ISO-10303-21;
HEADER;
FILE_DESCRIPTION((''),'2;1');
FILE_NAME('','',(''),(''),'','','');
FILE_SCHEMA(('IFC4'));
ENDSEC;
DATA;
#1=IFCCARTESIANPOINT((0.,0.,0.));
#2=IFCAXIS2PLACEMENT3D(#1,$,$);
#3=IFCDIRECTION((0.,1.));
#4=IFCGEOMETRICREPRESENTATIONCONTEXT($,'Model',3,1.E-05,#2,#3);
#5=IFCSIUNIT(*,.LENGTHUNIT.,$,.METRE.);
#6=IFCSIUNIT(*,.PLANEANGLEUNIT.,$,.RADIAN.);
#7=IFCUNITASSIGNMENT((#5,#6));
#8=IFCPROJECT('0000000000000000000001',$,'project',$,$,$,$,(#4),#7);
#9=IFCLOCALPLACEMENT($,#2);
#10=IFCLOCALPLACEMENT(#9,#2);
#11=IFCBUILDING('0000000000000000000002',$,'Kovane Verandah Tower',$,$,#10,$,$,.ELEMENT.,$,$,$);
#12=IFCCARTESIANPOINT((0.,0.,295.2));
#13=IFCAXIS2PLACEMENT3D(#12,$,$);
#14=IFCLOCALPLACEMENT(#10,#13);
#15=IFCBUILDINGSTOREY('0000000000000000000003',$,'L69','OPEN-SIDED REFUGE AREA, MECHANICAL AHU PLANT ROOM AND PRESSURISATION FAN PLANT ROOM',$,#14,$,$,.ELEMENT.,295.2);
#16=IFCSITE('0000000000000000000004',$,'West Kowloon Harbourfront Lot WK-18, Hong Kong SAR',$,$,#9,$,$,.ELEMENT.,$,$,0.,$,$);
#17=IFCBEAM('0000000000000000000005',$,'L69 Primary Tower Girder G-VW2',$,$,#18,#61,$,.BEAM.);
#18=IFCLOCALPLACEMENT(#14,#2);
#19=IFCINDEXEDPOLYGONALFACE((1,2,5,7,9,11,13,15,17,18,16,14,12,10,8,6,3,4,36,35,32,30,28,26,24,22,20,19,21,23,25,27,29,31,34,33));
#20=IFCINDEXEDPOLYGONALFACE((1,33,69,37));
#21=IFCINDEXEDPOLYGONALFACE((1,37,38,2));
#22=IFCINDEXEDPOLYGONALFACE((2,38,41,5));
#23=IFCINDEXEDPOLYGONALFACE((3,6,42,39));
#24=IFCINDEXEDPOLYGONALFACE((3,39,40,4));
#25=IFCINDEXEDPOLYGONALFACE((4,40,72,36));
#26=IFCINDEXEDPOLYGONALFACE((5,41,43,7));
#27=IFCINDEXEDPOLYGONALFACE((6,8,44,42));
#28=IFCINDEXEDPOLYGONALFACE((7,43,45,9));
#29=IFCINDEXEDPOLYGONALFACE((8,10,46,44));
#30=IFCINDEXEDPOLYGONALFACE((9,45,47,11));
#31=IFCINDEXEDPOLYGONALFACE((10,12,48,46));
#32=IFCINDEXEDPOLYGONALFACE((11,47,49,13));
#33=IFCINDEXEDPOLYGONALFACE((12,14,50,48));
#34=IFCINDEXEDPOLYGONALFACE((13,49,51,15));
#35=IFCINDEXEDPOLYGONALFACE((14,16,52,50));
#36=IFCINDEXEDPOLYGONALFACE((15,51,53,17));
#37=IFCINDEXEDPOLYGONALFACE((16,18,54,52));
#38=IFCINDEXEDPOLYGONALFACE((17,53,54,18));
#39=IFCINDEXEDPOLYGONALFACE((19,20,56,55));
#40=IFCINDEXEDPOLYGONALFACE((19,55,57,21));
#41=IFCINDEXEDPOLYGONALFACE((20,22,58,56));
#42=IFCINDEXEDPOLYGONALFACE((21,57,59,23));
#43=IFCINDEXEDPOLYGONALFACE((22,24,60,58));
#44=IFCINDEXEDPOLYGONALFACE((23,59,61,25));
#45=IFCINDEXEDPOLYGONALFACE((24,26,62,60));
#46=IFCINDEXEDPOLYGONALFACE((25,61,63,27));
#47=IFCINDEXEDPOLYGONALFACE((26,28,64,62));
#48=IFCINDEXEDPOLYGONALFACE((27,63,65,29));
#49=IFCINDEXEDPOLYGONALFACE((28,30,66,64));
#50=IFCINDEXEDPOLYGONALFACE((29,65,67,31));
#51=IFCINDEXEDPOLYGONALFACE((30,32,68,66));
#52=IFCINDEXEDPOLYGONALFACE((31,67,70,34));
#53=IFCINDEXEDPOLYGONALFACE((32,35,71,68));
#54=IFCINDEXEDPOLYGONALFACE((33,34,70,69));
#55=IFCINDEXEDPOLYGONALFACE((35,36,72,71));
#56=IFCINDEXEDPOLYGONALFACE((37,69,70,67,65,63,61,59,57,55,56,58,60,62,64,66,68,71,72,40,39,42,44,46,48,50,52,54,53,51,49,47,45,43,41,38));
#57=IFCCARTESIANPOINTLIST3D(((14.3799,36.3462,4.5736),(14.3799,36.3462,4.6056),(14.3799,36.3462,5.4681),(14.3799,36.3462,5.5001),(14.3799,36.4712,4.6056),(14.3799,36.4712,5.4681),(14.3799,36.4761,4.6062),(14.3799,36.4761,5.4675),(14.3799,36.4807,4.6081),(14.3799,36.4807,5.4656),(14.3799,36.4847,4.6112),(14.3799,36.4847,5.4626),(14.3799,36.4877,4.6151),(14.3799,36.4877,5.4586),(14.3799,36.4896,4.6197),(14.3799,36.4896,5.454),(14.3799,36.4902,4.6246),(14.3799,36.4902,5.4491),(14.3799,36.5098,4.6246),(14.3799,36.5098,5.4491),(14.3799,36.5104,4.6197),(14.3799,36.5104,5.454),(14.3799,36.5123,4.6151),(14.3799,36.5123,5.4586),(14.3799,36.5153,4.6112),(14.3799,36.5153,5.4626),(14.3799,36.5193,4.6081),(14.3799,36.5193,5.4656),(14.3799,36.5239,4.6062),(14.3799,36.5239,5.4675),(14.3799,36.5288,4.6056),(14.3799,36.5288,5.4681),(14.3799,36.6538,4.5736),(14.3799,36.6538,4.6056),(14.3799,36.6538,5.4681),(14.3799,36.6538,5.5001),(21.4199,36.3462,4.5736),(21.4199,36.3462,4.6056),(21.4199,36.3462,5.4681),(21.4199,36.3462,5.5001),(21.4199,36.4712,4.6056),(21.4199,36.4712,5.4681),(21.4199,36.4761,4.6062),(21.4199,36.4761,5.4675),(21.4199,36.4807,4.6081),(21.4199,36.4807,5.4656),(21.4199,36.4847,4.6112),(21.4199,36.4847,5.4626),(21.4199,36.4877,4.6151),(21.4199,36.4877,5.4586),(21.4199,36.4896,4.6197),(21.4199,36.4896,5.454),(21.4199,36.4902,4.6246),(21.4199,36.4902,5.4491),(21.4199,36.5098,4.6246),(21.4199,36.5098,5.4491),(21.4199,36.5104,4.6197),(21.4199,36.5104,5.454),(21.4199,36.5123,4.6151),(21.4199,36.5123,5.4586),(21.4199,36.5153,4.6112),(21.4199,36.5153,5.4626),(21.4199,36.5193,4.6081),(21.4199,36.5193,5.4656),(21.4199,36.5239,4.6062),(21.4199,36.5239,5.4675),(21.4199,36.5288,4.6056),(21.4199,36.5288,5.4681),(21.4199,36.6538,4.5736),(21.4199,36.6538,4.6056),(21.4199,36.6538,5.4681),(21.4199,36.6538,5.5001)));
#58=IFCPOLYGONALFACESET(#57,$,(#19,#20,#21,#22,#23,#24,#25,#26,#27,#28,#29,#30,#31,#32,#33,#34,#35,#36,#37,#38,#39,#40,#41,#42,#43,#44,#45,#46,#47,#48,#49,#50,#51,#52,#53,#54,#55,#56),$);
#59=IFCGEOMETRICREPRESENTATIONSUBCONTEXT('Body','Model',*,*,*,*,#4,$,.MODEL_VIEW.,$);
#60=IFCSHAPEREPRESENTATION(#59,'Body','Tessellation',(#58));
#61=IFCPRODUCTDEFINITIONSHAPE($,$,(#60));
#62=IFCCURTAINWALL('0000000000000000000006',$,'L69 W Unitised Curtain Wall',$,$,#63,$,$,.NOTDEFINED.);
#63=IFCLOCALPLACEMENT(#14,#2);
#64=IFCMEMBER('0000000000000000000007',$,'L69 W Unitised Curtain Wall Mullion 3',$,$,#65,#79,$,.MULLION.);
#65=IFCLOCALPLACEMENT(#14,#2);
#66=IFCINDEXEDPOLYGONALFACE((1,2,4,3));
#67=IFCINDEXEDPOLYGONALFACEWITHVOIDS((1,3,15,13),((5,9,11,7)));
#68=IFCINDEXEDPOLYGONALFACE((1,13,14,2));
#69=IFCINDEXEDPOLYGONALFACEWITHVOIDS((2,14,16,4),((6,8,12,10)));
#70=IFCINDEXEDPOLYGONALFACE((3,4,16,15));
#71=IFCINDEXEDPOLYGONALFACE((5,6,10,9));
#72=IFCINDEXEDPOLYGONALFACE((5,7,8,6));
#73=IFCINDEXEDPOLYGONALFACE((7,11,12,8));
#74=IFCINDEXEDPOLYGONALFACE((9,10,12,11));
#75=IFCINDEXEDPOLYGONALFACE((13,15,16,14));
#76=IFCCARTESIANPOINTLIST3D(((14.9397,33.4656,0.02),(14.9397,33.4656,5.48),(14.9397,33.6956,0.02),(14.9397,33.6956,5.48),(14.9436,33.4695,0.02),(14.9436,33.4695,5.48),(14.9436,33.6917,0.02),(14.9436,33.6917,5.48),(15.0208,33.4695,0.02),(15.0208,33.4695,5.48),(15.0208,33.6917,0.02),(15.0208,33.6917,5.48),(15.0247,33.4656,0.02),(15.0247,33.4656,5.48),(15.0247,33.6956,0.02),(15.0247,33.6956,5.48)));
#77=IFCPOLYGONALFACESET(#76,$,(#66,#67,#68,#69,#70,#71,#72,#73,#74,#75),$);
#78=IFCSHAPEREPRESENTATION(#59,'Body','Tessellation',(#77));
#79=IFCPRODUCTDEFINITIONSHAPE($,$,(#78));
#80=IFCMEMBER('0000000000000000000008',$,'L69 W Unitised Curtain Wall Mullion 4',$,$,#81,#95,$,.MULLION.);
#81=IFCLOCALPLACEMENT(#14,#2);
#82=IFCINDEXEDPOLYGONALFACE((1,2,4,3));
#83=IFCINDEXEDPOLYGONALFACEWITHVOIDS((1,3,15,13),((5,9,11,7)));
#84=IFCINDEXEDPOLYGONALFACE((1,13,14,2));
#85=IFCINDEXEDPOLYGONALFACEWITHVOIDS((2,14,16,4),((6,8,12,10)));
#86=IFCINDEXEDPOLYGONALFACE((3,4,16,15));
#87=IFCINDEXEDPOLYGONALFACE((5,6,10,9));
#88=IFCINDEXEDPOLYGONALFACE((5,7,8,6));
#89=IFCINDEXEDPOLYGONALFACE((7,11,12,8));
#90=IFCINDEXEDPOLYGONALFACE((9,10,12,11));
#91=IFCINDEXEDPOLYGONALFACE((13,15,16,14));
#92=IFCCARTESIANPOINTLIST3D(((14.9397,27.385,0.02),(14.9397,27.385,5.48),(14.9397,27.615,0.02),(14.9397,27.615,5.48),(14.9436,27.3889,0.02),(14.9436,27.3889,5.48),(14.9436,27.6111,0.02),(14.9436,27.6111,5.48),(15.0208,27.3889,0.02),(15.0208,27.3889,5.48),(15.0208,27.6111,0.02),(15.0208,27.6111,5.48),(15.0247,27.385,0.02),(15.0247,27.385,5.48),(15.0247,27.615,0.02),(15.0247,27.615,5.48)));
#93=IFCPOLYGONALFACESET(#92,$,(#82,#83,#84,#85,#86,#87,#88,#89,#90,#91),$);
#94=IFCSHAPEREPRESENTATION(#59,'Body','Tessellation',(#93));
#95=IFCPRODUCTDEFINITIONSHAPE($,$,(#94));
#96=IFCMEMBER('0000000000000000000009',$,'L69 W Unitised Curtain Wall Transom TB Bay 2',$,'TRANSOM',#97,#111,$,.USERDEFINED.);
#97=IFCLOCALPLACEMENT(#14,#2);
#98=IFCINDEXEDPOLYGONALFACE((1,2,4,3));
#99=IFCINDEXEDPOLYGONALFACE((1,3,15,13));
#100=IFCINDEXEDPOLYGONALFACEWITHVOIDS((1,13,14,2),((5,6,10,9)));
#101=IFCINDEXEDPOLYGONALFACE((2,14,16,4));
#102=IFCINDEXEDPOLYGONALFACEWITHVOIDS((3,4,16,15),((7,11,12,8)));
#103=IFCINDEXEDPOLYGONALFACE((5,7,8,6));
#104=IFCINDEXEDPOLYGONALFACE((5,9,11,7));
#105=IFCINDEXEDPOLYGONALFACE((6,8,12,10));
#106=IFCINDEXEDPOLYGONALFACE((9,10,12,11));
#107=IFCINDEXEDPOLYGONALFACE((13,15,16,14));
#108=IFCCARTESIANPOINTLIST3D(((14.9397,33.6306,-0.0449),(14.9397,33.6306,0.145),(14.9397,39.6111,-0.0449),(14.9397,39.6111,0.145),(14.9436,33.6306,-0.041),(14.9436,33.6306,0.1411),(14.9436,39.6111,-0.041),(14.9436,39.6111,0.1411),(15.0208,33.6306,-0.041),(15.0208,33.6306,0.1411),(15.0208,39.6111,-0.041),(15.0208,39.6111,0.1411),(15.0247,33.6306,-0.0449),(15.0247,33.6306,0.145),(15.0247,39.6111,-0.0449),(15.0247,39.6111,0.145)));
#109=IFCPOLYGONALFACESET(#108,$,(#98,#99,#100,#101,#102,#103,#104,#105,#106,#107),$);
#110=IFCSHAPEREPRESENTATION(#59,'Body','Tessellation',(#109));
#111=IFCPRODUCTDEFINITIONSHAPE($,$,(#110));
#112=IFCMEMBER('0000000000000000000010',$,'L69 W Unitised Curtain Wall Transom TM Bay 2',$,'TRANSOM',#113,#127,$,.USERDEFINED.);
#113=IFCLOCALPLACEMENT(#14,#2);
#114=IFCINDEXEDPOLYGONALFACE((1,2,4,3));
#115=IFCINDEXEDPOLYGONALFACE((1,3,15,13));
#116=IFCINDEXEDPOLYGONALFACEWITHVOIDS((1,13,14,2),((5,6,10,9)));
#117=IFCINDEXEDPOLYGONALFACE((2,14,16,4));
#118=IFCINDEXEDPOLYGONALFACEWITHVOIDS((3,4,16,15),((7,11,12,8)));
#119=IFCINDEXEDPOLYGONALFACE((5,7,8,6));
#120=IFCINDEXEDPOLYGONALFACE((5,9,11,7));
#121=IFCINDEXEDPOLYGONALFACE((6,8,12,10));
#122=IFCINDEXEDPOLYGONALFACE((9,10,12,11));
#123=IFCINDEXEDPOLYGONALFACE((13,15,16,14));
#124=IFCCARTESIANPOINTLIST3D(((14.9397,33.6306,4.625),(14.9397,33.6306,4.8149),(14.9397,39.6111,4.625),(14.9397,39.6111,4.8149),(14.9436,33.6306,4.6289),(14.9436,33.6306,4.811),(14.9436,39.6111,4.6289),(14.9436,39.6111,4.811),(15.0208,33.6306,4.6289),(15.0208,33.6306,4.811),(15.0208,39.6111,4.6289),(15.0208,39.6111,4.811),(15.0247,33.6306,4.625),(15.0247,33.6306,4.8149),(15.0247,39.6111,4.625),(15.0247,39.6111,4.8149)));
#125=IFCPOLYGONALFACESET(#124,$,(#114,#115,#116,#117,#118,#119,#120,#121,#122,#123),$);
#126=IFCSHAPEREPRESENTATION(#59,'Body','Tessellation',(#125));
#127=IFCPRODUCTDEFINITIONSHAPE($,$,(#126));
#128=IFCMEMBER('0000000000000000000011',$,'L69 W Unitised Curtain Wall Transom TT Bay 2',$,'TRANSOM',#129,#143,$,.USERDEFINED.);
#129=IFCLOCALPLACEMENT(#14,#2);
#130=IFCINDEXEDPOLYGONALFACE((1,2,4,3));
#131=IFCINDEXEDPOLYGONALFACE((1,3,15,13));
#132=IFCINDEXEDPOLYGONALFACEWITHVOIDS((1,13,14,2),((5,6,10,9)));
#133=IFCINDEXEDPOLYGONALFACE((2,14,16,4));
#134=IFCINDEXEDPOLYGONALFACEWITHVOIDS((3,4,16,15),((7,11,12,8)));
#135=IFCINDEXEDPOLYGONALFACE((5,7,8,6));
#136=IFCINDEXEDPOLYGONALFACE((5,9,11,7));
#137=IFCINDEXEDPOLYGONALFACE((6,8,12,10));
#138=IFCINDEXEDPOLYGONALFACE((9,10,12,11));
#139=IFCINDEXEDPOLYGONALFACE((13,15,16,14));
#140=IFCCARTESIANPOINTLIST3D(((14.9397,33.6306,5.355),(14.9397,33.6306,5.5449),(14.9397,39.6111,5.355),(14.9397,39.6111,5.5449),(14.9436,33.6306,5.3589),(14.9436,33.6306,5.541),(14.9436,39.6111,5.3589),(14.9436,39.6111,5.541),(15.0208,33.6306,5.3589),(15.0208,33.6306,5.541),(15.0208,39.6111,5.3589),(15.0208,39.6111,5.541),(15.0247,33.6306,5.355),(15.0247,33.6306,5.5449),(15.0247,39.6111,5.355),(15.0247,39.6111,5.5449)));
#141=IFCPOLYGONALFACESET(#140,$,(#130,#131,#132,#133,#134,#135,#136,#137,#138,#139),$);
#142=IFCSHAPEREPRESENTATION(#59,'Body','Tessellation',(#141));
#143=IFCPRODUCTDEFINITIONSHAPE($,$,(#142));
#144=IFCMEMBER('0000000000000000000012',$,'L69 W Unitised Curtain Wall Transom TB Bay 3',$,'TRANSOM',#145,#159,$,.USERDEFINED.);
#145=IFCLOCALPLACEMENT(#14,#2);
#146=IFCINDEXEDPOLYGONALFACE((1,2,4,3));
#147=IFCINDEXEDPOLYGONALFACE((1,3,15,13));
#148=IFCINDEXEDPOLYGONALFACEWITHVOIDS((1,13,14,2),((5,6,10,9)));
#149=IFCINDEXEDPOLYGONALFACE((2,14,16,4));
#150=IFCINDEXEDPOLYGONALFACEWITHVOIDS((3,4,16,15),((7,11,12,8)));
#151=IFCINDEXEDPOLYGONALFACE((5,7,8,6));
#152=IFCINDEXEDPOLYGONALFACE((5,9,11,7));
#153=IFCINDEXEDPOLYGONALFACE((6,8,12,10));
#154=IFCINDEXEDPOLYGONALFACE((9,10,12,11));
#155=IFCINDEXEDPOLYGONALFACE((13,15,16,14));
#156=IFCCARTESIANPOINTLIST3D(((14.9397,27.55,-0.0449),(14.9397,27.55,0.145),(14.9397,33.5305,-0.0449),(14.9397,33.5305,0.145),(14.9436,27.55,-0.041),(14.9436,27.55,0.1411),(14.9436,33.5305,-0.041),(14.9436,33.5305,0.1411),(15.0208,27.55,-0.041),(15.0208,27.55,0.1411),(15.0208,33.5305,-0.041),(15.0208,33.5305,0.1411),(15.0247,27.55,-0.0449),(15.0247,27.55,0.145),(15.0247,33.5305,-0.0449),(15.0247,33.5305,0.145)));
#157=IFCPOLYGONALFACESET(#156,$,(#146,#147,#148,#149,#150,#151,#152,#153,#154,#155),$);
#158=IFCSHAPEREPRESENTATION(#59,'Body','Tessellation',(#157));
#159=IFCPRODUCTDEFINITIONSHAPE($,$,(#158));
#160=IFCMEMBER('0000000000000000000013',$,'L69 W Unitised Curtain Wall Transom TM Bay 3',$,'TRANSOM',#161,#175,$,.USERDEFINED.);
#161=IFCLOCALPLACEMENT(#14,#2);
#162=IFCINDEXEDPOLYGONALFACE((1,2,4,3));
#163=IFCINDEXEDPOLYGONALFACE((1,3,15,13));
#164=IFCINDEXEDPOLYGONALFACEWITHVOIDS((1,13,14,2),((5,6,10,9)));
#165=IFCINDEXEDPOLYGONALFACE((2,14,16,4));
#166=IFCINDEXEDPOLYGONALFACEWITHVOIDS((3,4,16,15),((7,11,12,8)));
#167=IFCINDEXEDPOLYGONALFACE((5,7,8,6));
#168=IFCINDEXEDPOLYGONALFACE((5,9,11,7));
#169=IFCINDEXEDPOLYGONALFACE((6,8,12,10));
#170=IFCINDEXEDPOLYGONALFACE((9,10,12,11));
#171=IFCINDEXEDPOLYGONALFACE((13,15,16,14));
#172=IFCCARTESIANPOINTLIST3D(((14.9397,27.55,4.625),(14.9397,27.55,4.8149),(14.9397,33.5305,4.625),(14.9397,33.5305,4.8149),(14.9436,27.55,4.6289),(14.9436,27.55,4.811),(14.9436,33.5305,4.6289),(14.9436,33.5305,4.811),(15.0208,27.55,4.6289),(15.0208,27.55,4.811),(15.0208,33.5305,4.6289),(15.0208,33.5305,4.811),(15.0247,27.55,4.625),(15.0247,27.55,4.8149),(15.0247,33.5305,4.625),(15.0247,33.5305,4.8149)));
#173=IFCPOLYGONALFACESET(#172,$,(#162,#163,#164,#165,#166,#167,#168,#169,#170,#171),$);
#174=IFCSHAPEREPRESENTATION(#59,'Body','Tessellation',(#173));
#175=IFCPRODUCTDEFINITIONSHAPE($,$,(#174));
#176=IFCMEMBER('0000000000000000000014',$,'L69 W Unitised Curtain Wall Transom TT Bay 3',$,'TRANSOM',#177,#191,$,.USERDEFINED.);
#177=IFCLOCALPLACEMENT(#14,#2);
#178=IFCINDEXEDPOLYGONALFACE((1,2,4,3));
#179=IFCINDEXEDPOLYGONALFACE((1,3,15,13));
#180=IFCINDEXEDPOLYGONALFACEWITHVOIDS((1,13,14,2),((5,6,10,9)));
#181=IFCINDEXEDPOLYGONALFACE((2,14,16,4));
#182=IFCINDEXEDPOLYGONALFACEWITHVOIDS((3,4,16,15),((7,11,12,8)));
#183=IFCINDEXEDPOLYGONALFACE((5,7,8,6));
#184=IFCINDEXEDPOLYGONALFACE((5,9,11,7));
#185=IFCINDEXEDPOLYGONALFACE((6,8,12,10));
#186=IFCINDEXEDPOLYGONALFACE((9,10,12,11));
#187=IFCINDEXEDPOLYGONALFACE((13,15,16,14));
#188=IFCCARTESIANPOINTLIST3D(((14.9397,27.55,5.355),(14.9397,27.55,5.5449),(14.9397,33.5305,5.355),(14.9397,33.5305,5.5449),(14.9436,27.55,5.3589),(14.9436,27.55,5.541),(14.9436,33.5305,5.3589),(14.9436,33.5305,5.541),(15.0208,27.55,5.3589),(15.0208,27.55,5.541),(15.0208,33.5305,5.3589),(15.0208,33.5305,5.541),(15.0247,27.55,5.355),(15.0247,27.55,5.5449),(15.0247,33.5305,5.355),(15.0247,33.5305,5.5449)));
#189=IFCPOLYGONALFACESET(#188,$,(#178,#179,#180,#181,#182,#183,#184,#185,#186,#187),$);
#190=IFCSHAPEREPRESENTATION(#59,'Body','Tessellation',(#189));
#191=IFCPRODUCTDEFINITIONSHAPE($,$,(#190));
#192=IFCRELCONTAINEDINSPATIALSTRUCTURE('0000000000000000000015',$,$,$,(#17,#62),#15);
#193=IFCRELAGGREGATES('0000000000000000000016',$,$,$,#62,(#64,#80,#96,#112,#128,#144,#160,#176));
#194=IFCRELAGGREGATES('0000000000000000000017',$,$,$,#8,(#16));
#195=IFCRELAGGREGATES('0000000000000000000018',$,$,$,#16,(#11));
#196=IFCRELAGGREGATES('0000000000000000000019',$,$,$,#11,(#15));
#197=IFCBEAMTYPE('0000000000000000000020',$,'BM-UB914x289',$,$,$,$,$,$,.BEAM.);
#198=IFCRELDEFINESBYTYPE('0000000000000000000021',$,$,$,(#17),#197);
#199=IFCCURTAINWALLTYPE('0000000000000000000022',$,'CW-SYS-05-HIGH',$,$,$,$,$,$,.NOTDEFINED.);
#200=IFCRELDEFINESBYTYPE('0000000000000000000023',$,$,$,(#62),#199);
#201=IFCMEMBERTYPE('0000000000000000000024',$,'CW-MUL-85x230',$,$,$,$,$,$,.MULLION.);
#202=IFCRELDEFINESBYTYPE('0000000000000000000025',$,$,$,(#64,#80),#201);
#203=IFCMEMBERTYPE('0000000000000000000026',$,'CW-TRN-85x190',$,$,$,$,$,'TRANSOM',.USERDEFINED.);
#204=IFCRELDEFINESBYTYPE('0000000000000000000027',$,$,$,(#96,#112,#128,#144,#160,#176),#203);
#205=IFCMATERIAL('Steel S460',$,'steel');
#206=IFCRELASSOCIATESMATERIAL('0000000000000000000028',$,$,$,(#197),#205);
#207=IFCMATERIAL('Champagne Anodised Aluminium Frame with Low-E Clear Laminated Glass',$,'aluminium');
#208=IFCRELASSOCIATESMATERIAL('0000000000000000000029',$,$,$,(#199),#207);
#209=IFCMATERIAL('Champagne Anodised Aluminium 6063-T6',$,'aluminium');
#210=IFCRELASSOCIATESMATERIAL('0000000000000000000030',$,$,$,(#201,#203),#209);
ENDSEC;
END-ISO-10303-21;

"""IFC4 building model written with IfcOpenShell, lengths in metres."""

from ifc_helpers import new_model, si_unit, direction, frame, origin, origin_2d, place, context, subcontext, project, spatial, hollow_rectangle, i_section, extrude, material, material_profile, profile_set, type_object, element, aggregate, save


model = new_model("IFC4")

# Units and contexts
model_context = context("Model", 3, precision=1e-05, world=origin(), true_north=direction((0.0, 1.0)))
body_context = subcontext(model_context, "Body", "Model", "MODEL_VIEW")
ifc_project = project(units=[si_unit("LENGTHUNIT", "METRE"), si_unit("PLANEANGLEUNIT", "RADIAN")], contexts=[model_context])

# Site, building, storey
site_placement = place(None, origin())
site = spatial("IfcSite", under=ifc_project, at=site_placement, Name="West Kowloon Harbourfront Lot WK-18, Hong Kong SAR", CompositionType="ELEMENT", RefElevation=0.0)
building_placement = place(site_placement, origin())
building = spatial("IfcBuilding", under=site, at=building_placement, Name="Kovane Verandah Tower", CompositionType="ELEMENT")
storey_placement = place(building_placement, frame((0.0, 0.0, 295.2)))
storey = spatial("IfcBuildingStorey", under=building, at=storey_placement, Name="L69", Description="OPEN-SIDED REFUGE AREA, MECHANICAL AHU PLANT ROOM AND PRESSURISATION FAN PLANT ROOM", CompositionType="ELEMENT", Elevation=295.2)

# Shared definitions
ifc_material_1 = material(Name="Steel S460", Category="steel")

# Beam
ifc_material_profile_1 = material_profile(ifc_material_1, i_section(OverallWidth=0.3076, OverallDepth=0.9265, WebThickness=0.0195, FlangeThickness=0.032, FilletRadius=0.019, at=origin_2d()), Name="UB914x305x289")
ifc_profile_set_1 = profile_set([ifc_material_profile_1], Name="Steel S460")
beam_type_1 = type_object("IfcBeamType", Name="BM-UB914x289", PredefinedType="BEAM", material=ifc_profile_set_1)
beam_1_placement = place(storey_placement, frame((21.4199, 36.5, 5.0369), z_axis=(-1.0, 0.0, 0.0), x_axis=(0.0, -1.0, 0.0)))
element("IfcBeam", 1, at=beam_1_placement, inside=storey, type_object=beam_type_1, Name="L69 Primary Tower Girder G-VW2", PredefinedType="BEAM", context=body_context, shape_type="SweptSolid", body=[
    extrude(i_section(OverallWidth=0.3076, OverallDepth=0.9265, WebThickness=0.0195, FlangeThickness=0.032, FilletRadius=0.019, at=origin_2d()), origin(), (0.0, 0.0, 1.0), 7.04),
])

# Curtain wall, members
ifc_material_2 = material(Name="Champagne Anodised Aluminium Frame with Low-E Clear Laminated Glass", Category="aluminium")
curtain_wall_type = type_object("IfcCurtainWallType", Name="CW-SYS-05-HIGH", PredefinedType="NOTDEFINED", material=ifc_material_2)
curtain_wall_placement = place(storey_placement, origin())
curtain_wall = element("IfcCurtainWall", 2, at=curtain_wall_placement, inside=storey, type_object=curtain_wall_type, Name="L69 W Unitised Curtain Wall", PredefinedType="NOTDEFINED")
ifc_material_3 = material(Name="Champagne Anodised Aluminium 6063-T6", Category="aluminium")
ifc_material_profile_2 = material_profile(ifc_material_3, hollow_rectangle(XDim=0.085, YDim=0.23, WallThickness=0.0039, at=origin_2d()), Name="AL85x230x4")
ifc_profile_set_2 = profile_set([ifc_material_profile_2], Name="Champagne Anodised Aluminium 6063-T6")
member_type_1 = type_object("IfcMemberType", Name="CW-MUL-85x230", PredefinedType="MULLION", material=ifc_profile_set_2)
member_1_placement = place(storey_placement, frame((14.9822, 33.5806, 0.02), z_axis=(0.0, 0.0, 1.0), x_axis=(-1.0, 0.0, 0.0)))
member_1 = element("IfcMember", 3, at=member_1_placement, type_object=member_type_1, Name="L69 W Unitised Curtain Wall Mullion 3", PredefinedType="MULLION", context=body_context, shape_type="SweptSolid", body=[
    extrude(hollow_rectangle(XDim=0.085, YDim=0.23, WallThickness=0.0039, at=origin_2d()), origin(), (0.0, 0.0, 1.0), 5.46),
])
member_2_placement = place(storey_placement, frame((14.9822, 27.5, 0.02), z_axis=(0.0, 0.0, 1.0), x_axis=(-1.0, 0.0, 0.0)))
member_2 = element("IfcMember", 4, at=member_2_placement, type_object=member_type_1, Name="L69 W Unitised Curtain Wall Mullion 4", PredefinedType="MULLION", context=body_context, shape_type="SweptSolid", body=[
    extrude(hollow_rectangle(XDim=0.085, YDim=0.23, WallThickness=0.0039, at=origin_2d()), origin(), (0.0, 0.0, 1.0), 5.46),
])
ifc_material_profile_3 = material_profile(ifc_material_3, hollow_rectangle(XDim=0.085, YDim=0.1899, WallThickness=0.0039, at=origin_2d()), Name="AL85x190x4")
ifc_profile_set_3 = profile_set([ifc_material_profile_3], Name="Champagne Anodised Aluminium 6063-T6")
member_type_2 = type_object("IfcMemberType", Name="CW-TRN-85x190", ElementType="TRANSOM", PredefinedType="USERDEFINED", material=ifc_profile_set_3)
member_3_placement = place(storey_placement, frame((14.9822, 39.6111, 0.05), z_axis=(0.0, -1.0, 0.0), x_axis=(1.0, 0.0, 0.0)))
member_3 = element("IfcMember", 5, at=member_3_placement, type_object=member_type_2, Name="L69 W Unitised Curtain Wall Transom TB Bay 2", ObjectType="TRANSOM", PredefinedType="USERDEFINED", context=body_context, shape_type="SweptSolid", body=[
    extrude(hollow_rectangle(XDim=0.085, YDim=0.1899, WallThickness=0.0039, at=origin_2d()), origin(), (0.0, 0.0, 1.0), 5.9805),
])
member_4_placement = place(storey_placement, frame((14.9822, 39.6111, 4.72), z_axis=(0.0, -1.0, 0.0), x_axis=(1.0, 0.0, 0.0)))
member_4 = element("IfcMember", 6, at=member_4_placement, type_object=member_type_2, Name="L69 W Unitised Curtain Wall Transom TM Bay 2", ObjectType="TRANSOM", PredefinedType="USERDEFINED", context=body_context, shape_type="SweptSolid", body=[
    extrude(hollow_rectangle(XDim=0.085, YDim=0.1899, WallThickness=0.0039, at=origin_2d()), origin(), (0.0, 0.0, 1.0), 5.9805),
])
member_5_placement = place(storey_placement, frame((14.9822, 39.6111, 5.45), z_axis=(0.0, -1.0, 0.0), x_axis=(1.0, 0.0, 0.0)))
member_5 = element("IfcMember", 7, at=member_5_placement, type_object=member_type_2, Name="L69 W Unitised Curtain Wall Transom TT Bay 2", ObjectType="TRANSOM", PredefinedType="USERDEFINED", context=body_context, shape_type="SweptSolid", body=[
    extrude(hollow_rectangle(XDim=0.085, YDim=0.1899, WallThickness=0.0039, at=origin_2d()), origin(), (0.0, 0.0, 1.0), 5.9805),
])
member_6_placement = place(storey_placement, frame((14.9822, 33.5305, 0.05), z_axis=(0.0, -1.0, 0.0), x_axis=(1.0, 0.0, 0.0)))
member_6 = element("IfcMember", 8, at=member_6_placement, type_object=member_type_2, Name="L69 W Unitised Curtain Wall Transom TB Bay 3", ObjectType="TRANSOM", PredefinedType="USERDEFINED", context=body_context, shape_type="SweptSolid", body=[
    extrude(hollow_rectangle(XDim=0.085, YDim=0.1899, WallThickness=0.0039, at=origin_2d()), origin(), (0.0, 0.0, 1.0), 5.9805),
])
member_7_placement = place(storey_placement, frame((14.9822, 33.5305, 4.72), z_axis=(0.0, -1.0, 0.0), x_axis=(1.0, 0.0, 0.0)))
member_7 = element("IfcMember", 9, at=member_7_placement, type_object=member_type_2, Name="L69 W Unitised Curtain Wall Transom TM Bay 3", ObjectType="TRANSOM", PredefinedType="USERDEFINED", context=body_context, shape_type="SweptSolid", body=[
    extrude(hollow_rectangle(XDim=0.085, YDim=0.1899, WallThickness=0.0039, at=origin_2d()), origin(), (0.0, 0.0, 1.0), 5.9805),
])
member_8_placement = place(storey_placement, frame((14.9822, 33.5305, 5.45), z_axis=(0.0, -1.0, 0.0), x_axis=(1.0, 0.0, 0.0)))
member_8 = element("IfcMember", 10, at=member_8_placement, type_object=member_type_2, Name="L69 W Unitised Curtain Wall Transom TT Bay 3", ObjectType="TRANSOM", PredefinedType="USERDEFINED", context=body_context, shape_type="SweptSolid", body=[
    extrude(hollow_rectangle(XDim=0.085, YDim=0.1899, WallThickness=0.0039, at=origin_2d()), origin(), (0.0, 0.0, 1.0), 5.9805),
])

aggregate(curtain_wall, [member_1, member_2, member_3, member_4, member_5, member_6, member_7, member_8])

save(model, "model.ifc")
